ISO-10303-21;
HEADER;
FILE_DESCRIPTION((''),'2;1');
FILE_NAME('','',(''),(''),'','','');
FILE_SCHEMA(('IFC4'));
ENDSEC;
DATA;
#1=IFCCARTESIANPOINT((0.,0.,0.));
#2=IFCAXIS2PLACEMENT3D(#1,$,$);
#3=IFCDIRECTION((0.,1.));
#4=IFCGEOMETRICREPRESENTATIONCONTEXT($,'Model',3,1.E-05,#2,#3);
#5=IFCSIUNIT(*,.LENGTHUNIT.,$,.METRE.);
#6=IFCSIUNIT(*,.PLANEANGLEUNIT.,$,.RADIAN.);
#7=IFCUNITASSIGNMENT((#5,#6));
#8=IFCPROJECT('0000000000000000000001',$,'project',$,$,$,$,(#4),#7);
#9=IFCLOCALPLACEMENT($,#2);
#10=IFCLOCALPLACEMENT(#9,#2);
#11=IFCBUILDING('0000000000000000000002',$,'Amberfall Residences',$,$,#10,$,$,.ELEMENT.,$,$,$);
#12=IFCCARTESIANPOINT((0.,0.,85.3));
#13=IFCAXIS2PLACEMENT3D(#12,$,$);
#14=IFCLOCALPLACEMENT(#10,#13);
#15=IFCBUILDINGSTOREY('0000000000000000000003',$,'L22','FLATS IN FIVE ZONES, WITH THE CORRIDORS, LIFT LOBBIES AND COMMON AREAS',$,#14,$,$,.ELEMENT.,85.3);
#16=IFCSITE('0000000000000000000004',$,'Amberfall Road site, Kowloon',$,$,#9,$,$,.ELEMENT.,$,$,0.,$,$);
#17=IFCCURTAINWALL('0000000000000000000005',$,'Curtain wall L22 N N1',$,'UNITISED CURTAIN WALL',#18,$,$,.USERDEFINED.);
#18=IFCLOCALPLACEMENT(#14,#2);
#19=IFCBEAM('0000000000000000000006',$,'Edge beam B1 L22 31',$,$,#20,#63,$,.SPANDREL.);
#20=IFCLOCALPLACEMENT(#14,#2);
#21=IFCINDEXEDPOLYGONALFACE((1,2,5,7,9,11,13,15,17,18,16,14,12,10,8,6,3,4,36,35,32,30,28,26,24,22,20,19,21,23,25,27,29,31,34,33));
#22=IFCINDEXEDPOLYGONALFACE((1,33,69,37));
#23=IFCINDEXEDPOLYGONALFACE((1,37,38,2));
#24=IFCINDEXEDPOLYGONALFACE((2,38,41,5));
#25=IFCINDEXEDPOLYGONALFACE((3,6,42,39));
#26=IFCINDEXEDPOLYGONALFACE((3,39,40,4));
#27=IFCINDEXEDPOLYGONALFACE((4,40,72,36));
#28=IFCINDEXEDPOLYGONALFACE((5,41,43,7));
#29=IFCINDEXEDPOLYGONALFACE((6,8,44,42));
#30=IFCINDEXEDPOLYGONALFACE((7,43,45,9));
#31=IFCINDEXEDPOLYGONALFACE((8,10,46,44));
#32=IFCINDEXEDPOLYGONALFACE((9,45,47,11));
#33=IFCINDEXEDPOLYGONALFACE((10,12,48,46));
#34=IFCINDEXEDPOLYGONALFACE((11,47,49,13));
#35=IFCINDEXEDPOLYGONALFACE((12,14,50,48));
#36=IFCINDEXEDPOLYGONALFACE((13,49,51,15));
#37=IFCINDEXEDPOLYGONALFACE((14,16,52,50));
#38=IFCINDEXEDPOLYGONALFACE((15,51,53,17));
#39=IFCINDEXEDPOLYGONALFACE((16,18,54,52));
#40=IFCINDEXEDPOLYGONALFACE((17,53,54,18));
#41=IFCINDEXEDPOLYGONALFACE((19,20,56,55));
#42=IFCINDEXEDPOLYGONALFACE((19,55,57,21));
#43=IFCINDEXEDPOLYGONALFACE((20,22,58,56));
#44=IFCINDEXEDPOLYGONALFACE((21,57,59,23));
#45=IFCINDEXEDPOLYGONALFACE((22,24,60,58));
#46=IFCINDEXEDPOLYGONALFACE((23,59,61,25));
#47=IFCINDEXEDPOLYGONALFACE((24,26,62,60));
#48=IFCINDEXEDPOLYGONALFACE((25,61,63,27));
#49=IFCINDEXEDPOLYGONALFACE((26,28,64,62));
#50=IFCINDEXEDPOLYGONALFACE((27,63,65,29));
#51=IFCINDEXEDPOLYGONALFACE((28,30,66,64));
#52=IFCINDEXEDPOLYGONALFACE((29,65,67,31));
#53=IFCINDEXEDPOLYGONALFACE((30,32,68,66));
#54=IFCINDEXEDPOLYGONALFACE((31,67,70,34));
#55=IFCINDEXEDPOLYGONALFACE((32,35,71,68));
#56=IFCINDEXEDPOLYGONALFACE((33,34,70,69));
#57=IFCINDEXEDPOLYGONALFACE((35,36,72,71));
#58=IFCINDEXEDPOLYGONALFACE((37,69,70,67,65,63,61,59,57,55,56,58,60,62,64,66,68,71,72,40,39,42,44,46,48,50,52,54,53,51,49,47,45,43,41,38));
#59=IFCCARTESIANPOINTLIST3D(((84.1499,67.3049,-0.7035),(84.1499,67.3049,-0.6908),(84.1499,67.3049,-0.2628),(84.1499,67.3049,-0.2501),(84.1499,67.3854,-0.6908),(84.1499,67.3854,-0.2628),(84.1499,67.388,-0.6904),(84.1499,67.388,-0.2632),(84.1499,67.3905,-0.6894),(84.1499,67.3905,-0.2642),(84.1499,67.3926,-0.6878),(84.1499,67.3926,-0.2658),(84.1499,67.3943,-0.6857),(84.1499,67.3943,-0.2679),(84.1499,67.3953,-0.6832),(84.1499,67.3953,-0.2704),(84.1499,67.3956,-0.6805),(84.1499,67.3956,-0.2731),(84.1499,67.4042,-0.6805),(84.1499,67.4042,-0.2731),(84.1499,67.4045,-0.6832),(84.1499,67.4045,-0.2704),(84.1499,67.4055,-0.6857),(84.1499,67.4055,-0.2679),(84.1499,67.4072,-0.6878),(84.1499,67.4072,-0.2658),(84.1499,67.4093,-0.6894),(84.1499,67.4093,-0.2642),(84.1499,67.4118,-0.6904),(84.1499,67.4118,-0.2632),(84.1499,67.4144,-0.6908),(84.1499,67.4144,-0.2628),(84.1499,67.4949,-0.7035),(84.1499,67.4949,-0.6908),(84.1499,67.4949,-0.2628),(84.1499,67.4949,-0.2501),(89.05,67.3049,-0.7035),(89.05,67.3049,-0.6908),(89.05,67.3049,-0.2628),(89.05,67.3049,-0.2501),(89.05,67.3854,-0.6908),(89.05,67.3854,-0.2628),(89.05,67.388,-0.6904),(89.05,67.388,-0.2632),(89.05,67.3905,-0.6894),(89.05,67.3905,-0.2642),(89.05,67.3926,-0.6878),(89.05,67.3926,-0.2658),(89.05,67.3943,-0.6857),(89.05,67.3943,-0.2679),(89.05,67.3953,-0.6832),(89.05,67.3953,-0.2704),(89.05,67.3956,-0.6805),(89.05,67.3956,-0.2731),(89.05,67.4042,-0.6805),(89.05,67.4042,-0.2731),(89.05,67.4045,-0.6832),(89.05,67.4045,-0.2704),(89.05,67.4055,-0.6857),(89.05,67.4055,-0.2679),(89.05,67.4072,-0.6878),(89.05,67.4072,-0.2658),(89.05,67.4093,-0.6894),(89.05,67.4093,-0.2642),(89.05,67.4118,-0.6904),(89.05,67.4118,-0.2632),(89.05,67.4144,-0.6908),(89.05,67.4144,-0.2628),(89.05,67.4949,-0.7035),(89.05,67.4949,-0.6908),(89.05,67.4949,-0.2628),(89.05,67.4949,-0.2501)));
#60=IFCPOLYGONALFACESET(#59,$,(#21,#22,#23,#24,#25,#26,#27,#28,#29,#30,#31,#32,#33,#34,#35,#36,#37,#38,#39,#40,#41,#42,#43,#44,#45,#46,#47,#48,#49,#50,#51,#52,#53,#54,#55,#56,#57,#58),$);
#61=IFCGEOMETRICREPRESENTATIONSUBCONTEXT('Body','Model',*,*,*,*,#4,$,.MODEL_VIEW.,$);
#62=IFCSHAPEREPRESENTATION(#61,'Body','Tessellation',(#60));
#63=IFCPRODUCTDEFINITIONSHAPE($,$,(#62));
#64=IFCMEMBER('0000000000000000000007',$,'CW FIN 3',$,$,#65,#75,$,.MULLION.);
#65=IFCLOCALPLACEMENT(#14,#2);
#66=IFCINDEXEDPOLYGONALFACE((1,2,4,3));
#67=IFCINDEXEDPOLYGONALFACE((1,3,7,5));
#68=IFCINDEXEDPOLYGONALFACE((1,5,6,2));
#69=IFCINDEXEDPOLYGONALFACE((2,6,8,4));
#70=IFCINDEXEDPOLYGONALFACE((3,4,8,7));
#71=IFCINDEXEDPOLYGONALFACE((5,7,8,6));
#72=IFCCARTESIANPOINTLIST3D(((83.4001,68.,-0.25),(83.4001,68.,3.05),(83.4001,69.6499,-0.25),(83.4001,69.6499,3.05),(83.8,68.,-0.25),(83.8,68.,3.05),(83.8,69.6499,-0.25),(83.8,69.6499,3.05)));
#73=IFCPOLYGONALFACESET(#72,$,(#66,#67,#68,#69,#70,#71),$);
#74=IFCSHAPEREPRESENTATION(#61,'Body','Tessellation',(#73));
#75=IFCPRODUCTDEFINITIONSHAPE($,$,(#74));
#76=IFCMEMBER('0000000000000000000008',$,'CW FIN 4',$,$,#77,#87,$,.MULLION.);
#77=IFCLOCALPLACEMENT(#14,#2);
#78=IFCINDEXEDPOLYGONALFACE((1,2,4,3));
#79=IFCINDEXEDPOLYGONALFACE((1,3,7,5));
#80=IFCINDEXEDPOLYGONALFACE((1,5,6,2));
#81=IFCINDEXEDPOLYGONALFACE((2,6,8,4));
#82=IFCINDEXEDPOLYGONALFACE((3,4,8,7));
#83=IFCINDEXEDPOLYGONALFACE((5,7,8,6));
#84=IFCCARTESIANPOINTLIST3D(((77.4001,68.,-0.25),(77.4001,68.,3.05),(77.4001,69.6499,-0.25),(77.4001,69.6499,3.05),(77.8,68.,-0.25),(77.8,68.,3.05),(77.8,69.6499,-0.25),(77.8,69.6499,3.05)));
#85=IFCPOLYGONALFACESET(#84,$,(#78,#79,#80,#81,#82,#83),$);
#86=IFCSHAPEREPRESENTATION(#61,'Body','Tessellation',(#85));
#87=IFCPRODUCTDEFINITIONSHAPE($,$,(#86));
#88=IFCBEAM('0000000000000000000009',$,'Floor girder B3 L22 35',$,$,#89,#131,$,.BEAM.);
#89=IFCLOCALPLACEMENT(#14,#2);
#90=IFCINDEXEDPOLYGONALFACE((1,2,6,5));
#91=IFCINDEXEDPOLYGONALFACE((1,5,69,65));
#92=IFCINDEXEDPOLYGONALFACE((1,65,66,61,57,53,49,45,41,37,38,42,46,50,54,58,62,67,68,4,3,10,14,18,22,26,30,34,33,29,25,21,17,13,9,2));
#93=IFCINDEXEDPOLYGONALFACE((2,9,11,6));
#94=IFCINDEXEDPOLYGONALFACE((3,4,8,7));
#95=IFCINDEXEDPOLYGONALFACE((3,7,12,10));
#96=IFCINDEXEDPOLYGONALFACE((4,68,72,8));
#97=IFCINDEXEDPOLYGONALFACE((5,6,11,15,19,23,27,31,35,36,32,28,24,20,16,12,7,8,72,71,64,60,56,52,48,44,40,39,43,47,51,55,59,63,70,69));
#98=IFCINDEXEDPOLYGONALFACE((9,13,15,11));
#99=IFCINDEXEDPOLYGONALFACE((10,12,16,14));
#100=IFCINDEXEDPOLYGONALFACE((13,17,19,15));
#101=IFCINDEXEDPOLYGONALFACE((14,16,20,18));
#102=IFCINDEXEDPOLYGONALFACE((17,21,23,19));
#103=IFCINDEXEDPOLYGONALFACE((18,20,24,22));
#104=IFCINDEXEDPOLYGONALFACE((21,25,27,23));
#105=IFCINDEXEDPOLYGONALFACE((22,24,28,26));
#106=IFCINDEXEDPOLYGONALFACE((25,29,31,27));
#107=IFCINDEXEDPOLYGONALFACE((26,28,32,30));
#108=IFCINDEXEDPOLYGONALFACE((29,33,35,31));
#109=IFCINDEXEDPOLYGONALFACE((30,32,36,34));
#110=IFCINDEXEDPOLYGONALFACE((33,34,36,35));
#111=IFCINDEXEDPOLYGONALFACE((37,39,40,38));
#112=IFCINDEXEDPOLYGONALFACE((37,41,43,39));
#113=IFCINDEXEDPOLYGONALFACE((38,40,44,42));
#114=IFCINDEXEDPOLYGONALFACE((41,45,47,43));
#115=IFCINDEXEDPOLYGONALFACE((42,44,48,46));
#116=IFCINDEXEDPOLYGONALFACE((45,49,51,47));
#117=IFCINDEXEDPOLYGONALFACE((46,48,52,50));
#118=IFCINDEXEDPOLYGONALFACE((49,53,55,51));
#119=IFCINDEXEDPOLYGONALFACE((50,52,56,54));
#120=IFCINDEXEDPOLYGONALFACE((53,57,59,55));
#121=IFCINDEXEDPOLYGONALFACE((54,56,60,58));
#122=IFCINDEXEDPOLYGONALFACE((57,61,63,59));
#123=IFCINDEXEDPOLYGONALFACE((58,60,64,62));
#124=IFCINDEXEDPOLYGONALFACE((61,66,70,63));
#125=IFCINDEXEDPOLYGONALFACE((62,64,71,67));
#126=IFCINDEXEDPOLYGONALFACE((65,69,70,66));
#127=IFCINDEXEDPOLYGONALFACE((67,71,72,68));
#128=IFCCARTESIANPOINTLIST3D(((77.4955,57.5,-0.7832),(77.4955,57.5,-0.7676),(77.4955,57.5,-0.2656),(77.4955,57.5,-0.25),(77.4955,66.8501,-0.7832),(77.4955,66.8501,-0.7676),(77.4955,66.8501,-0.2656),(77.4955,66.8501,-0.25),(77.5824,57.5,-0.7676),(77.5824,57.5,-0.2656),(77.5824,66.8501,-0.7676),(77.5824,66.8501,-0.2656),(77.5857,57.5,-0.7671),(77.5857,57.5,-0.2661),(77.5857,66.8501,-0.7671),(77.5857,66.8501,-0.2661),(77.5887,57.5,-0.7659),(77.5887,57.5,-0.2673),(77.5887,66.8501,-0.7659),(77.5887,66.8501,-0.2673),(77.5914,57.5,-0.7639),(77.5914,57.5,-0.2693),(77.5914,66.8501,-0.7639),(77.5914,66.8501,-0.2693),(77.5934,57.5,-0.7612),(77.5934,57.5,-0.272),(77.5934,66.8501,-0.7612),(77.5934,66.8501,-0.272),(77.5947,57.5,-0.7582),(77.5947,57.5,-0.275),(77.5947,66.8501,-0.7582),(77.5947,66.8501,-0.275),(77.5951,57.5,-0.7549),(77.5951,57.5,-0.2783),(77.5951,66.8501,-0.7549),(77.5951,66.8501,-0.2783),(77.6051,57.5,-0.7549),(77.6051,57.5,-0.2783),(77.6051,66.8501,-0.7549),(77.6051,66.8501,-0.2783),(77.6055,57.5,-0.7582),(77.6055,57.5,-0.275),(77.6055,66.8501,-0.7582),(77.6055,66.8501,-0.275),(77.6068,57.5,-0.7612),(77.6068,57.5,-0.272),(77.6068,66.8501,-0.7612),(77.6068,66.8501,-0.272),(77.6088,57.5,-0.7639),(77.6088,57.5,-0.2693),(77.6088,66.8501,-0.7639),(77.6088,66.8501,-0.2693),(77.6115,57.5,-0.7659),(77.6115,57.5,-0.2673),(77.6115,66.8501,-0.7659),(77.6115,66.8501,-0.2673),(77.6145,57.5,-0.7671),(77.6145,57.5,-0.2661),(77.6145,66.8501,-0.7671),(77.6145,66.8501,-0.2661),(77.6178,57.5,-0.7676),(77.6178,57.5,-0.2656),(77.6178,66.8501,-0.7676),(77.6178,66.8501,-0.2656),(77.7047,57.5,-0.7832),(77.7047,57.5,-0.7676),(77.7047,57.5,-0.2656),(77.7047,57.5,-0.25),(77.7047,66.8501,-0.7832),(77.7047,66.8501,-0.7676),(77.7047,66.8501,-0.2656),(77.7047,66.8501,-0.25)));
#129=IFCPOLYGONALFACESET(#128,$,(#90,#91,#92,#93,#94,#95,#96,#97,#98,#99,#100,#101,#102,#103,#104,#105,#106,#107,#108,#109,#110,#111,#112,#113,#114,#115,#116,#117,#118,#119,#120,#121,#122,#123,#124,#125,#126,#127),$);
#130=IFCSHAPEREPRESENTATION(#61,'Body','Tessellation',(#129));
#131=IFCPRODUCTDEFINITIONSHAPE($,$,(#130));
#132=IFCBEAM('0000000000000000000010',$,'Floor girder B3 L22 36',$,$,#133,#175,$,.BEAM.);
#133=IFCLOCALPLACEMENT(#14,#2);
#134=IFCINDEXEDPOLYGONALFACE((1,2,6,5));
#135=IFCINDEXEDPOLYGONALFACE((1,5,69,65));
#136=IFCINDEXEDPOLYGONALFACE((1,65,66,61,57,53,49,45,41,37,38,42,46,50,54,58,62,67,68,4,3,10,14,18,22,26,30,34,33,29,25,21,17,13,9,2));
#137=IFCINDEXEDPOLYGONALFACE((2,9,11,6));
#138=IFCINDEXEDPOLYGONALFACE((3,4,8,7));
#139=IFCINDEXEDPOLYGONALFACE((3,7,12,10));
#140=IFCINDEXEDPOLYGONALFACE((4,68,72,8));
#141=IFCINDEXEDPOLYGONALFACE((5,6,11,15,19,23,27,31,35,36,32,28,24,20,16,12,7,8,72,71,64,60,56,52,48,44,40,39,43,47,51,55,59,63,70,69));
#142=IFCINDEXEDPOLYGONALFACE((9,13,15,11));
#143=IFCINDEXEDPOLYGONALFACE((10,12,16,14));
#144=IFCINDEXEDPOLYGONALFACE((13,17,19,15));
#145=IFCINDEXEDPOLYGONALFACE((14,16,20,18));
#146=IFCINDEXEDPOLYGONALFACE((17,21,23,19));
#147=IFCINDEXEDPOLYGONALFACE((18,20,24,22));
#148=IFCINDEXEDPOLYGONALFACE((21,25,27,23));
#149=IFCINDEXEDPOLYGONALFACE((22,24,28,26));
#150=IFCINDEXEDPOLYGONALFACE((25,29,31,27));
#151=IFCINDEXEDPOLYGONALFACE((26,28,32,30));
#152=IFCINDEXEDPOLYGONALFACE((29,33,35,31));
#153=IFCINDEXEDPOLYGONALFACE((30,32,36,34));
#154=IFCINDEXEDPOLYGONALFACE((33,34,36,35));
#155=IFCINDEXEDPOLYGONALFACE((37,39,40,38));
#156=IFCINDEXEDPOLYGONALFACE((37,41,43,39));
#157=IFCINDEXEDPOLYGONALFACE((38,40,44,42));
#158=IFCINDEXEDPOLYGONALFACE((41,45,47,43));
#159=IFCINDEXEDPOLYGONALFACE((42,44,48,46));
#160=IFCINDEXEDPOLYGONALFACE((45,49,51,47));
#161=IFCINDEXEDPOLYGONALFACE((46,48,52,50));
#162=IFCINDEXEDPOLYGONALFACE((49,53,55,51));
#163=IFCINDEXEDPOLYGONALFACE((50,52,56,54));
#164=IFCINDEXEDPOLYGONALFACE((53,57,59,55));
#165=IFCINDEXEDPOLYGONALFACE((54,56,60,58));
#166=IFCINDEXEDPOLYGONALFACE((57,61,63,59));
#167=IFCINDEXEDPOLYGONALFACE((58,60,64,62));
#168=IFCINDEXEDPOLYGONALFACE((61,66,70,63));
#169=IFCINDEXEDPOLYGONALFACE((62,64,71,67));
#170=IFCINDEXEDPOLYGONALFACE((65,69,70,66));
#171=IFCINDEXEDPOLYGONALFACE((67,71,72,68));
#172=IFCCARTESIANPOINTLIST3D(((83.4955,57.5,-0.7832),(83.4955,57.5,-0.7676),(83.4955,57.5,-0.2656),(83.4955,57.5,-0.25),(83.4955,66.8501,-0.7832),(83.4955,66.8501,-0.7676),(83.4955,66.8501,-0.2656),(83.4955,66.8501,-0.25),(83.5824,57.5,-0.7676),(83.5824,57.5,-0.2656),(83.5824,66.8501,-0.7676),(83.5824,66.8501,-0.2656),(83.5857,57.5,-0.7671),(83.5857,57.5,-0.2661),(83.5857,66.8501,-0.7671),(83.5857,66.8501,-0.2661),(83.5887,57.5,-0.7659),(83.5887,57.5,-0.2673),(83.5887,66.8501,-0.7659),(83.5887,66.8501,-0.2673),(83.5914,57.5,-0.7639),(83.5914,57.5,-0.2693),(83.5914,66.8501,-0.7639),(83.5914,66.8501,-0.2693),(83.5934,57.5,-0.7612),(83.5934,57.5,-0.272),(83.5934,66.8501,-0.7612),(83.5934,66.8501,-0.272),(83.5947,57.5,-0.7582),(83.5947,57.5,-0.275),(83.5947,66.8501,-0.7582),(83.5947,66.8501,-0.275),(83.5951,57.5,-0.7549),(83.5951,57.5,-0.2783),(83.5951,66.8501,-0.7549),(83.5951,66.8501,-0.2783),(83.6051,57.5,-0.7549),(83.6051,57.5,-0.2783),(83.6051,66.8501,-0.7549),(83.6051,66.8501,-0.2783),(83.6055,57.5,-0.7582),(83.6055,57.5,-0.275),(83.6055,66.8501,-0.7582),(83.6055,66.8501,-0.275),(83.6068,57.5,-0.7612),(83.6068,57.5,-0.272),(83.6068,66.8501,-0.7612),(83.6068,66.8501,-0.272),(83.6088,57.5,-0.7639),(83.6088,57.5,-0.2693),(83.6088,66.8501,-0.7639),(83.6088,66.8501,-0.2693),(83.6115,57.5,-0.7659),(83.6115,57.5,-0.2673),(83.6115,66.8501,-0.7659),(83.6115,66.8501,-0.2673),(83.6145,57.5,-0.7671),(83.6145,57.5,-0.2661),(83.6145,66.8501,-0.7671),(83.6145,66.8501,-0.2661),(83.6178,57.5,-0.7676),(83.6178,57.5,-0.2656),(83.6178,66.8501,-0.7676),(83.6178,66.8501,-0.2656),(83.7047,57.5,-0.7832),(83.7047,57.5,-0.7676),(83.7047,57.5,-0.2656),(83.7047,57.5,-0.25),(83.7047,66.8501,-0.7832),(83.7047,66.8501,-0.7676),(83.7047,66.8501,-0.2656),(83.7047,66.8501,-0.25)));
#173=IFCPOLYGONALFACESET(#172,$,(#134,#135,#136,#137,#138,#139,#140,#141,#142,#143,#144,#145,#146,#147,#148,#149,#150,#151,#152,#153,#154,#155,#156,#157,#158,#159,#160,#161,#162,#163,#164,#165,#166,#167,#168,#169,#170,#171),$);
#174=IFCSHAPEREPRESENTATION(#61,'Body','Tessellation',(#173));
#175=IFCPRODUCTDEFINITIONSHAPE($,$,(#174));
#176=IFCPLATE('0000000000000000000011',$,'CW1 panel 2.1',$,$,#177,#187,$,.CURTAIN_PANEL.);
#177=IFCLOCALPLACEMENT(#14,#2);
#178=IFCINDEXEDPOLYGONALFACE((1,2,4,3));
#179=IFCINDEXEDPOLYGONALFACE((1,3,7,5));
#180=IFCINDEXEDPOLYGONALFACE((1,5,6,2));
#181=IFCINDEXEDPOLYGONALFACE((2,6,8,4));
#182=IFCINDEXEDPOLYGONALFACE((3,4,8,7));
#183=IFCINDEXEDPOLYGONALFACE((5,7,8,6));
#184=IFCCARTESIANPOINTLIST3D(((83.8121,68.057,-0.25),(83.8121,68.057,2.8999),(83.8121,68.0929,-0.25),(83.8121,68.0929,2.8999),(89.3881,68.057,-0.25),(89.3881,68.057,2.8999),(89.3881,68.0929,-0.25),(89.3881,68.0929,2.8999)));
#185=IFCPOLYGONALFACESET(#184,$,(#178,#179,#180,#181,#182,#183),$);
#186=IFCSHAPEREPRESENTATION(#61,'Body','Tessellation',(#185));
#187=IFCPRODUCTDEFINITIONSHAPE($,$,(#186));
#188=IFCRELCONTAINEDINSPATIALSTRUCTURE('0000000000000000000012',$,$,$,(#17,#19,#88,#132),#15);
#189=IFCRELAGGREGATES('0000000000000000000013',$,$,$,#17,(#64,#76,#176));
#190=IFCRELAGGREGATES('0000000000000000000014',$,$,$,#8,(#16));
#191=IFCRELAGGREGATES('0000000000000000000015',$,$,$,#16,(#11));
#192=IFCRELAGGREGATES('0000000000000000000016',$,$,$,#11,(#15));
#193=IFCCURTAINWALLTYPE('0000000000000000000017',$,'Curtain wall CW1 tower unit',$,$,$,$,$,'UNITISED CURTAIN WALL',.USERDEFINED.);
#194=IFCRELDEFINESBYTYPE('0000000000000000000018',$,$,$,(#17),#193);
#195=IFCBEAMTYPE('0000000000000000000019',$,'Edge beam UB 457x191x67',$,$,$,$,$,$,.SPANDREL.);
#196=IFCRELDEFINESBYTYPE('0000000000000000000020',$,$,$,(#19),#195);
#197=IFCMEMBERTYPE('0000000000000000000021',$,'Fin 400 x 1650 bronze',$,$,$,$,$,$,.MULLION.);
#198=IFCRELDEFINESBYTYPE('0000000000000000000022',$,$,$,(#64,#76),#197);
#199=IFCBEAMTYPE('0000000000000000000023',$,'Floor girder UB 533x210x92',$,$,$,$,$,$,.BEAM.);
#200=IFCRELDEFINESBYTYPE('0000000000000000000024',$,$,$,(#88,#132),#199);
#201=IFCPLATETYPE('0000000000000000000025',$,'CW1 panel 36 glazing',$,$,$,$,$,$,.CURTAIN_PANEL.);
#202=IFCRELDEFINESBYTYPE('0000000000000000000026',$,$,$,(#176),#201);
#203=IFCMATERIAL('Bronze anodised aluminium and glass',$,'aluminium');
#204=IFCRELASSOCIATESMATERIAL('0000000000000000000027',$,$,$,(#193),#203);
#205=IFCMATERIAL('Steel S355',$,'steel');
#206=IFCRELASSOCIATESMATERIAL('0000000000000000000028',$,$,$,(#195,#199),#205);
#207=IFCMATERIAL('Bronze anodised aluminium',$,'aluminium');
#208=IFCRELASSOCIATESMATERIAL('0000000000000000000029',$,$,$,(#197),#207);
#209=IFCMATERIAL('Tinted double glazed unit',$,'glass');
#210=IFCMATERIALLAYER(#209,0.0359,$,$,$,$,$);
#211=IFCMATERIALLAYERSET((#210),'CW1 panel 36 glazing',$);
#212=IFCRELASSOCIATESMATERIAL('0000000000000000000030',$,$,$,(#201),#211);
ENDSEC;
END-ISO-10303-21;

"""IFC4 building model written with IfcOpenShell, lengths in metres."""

from ifc_helpers import new_model, si_unit, direction, frame, origin, origin_2d, place, context, subcontext, project, spatial, rectangle, i_section, extrude, material, layer, layer_set, material_profile, profile_set, type_object, element, aggregate, save


model = new_model("IFC4")

# Units and contexts
model_context = context("Model", 3, precision=1e-05, world=origin(), true_north=direction((0.0, 1.0)))
body_context = subcontext(model_context, "Body", "Model", "MODEL_VIEW")
ifc_project = project(units=[si_unit("LENGTHUNIT", "METRE"), si_unit("PLANEANGLEUNIT", "RADIAN")], contexts=[model_context])

# Site, building, storey
site_placement = place(None, origin())
site = spatial("IfcSite", under=ifc_project, at=site_placement, Name="Amberfall Road site, Kowloon", CompositionType="ELEMENT", RefElevation=0.0)
building_placement = place(site_placement, origin())
building = spatial("IfcBuilding", under=site, at=building_placement, Name="Amberfall Residences", CompositionType="ELEMENT")
storey_placement = place(building_placement, frame((0.0, 0.0, 85.3)))
storey = spatial("IfcBuildingStorey", under=building, at=storey_placement, Name="L22", Description="FLATS IN FIVE ZONES, WITH THE CORRIDORS, LIFT LOBBIES AND COMMON AREAS", CompositionType="ELEMENT", Elevation=85.3)

# Curtain wall
ifc_material_1 = material(Name="Bronze anodised aluminium and glass", Category="aluminium")
curtain_wall_type = type_object("IfcCurtainWallType", Name="Curtain wall CW1 tower unit", ElementType="UNITISED CURTAIN WALL", PredefinedType="USERDEFINED", material=ifc_material_1)
curtain_wall_placement = place(storey_placement, origin())
curtain_wall = element("IfcCurtainWall", 1, at=curtain_wall_placement, inside=storey, type_object=curtain_wall_type, Name="Curtain wall L22 N N1", ObjectType="UNITISED CURTAIN WALL", PredefinedType="USERDEFINED")
ifc_material_2 = material(Name="Bronze anodised aluminium", Category="aluminium")

# Beam
ifc_material_3 = material(Name="Steel S355", Category="steel")
ifc_material_profile_1 = material_profile(ifc_material_3, i_section(OverallWidth=0.1899, OverallDepth=0.4534, WebThickness=0.0085, FlangeThickness=0.0127, FilletRadius=0.0103, at=origin_2d()), Name="UB 457x191x67")
ifc_profile_set_1 = profile_set([ifc_material_profile_1], Name="Steel S355")
beam_type_1 = type_object("IfcBeamType", Name="Edge beam UB 457x191x67", PredefinedType="SPANDREL", material=ifc_profile_set_1)
for number, where, z_axis, x_axis, name in (
    (2, (84.1499, 67.3999, -0.4768), (1.0, 0.0, 0.0), (0.0, 1.0, 0.0), "Edge beam B1 L22 31"),
):
    element("IfcBeam", number, at=place(storey_placement, frame(where, z_axis=z_axis, x_axis=x_axis)), inside=storey, type_object=beam_type_1, Name=name, PredefinedType="SPANDREL", context=body_context, shape_type="SweptSolid", body=[
        extrude(i_section(OverallWidth=0.1899, OverallDepth=0.4534, WebThickness=0.0085, FlangeThickness=0.0127, FilletRadius=0.0103, at=origin_2d()), origin(), (0.0, 0.0, 1.0), 4.9001),
    ])

# Members
ifc_material_profile_2 = material_profile(ifc_material_2, rectangle(XDim=1.6499, YDim=0.3999, at=origin_2d()), Name="Fin 400 x 1650 bronze")
ifc_profile_set_2 = profile_set([ifc_material_profile_2], Name="Bronze anodised aluminium")
member_type_1 = type_object("IfcMemberType", Name="Fin 400 x 1650 bronze", PredefinedType="MULLION", material=ifc_profile_set_2)
member_1_placement = place(storey_placement, frame((83.6001, 68.825, -0.25), z_axis=(0.0, 0.0, 1.0), x_axis=(0.0, -1.0, 0.0)))
member_1 = element("IfcMember", 3, at=member_1_placement, type_object=member_type_1, Name="CW FIN 3", PredefinedType="MULLION", context=body_context, shape_type="SweptSolid", body=[
    extrude(rectangle(XDim=1.6499, YDim=0.3999, at=origin_2d()), origin(), (0.0, 0.0, 1.0), 3.3),
])
member_2_placement = place(storey_placement, frame((77.6001, 68.825, -0.25), z_axis=(0.0, 0.0, 1.0), x_axis=(0.0, -1.0, 0.0)))
member_2 = element("IfcMember", 4, at=member_2_placement, type_object=member_type_1, Name="CW FIN 4", PredefinedType="MULLION", context=body_context, shape_type="SweptSolid", body=[
    extrude(rectangle(XDim=1.6499, YDim=0.3999, at=origin_2d()), origin(), (0.0, 0.0, 1.0), 3.3),
])

# Beams
ifc_material_profile_3 = material_profile(ifc_material_3, i_section(OverallWidth=0.2092, OverallDepth=0.5332, WebThickness=0.01, FlangeThickness=0.0156, FilletRadius=0.0127, at=origin_2d()), Name="UB 533x210x92")
ifc_profile_set_3 = profile_set([ifc_material_profile_3], Name="Steel S355")
beam_type_2 = type_object("IfcBeamType", Name="Floor girder UB 533x210x92", PredefinedType="BEAM", material=ifc_profile_set_3)
for number, where, z_axis, x_axis, name in (
    (5, (77.6001, 66.8501, -0.5166), (0.0, -1.0, 0.0), (1.0, 0.0, 0.0), "Floor girder B3 L22 35"),
    (6, (83.6001, 66.8501, -0.5166), (0.0, -1.0, 0.0), (1.0, 0.0, 0.0), "Floor girder B3 L22 36"),
):
    element("IfcBeam", number, at=place(storey_placement, frame(where, z_axis=z_axis, x_axis=x_axis)), inside=storey, type_object=beam_type_2, Name=name, PredefinedType="BEAM", context=body_context, shape_type="SweptSolid", body=[
        extrude(i_section(OverallWidth=0.2092, OverallDepth=0.5332, WebThickness=0.01, FlangeThickness=0.0156, FilletRadius=0.0127, at=origin_2d()), origin(), (0.0, 0.0, 1.0), 9.3501),
    ])

# Plate
ifc_material_4 = material(Name="Tinted double glazed unit", Category="glass")
ifc_layer_1 = layer(ifc_material_4, 0.0359)
ifc_layer_set_1 = layer_set([ifc_layer_1], Name="CW1 panel 36 glazing")
plate_type = type_object("IfcPlateType", Name="CW1 panel 36 glazing", PredefinedType="CURTAIN_PANEL", material=ifc_layer_set_1)
plate_1_placement = place(storey_placement, frame((86.6001, 68.075, -0.25), z_axis=(0.0, 0.0, 1.0), x_axis=(-1.0, 0.0, 0.0)))
plate_1 = element("IfcPlate", 7, at=plate_1_placement, type_object=plate_type, Name="CW1 panel 2.1", PredefinedType="CURTAIN_PANEL", context=body_context, shape_type="SweptSolid", body=[
    extrude(rectangle(XDim=5.5759, YDim=0.0359, at=origin_2d()), origin(), (0.0, 0.0, 1.0), 3.1499),
])
aggregate(curtain_wall, [member_1, member_2, plate_1])

save(model, "model.ifc")
